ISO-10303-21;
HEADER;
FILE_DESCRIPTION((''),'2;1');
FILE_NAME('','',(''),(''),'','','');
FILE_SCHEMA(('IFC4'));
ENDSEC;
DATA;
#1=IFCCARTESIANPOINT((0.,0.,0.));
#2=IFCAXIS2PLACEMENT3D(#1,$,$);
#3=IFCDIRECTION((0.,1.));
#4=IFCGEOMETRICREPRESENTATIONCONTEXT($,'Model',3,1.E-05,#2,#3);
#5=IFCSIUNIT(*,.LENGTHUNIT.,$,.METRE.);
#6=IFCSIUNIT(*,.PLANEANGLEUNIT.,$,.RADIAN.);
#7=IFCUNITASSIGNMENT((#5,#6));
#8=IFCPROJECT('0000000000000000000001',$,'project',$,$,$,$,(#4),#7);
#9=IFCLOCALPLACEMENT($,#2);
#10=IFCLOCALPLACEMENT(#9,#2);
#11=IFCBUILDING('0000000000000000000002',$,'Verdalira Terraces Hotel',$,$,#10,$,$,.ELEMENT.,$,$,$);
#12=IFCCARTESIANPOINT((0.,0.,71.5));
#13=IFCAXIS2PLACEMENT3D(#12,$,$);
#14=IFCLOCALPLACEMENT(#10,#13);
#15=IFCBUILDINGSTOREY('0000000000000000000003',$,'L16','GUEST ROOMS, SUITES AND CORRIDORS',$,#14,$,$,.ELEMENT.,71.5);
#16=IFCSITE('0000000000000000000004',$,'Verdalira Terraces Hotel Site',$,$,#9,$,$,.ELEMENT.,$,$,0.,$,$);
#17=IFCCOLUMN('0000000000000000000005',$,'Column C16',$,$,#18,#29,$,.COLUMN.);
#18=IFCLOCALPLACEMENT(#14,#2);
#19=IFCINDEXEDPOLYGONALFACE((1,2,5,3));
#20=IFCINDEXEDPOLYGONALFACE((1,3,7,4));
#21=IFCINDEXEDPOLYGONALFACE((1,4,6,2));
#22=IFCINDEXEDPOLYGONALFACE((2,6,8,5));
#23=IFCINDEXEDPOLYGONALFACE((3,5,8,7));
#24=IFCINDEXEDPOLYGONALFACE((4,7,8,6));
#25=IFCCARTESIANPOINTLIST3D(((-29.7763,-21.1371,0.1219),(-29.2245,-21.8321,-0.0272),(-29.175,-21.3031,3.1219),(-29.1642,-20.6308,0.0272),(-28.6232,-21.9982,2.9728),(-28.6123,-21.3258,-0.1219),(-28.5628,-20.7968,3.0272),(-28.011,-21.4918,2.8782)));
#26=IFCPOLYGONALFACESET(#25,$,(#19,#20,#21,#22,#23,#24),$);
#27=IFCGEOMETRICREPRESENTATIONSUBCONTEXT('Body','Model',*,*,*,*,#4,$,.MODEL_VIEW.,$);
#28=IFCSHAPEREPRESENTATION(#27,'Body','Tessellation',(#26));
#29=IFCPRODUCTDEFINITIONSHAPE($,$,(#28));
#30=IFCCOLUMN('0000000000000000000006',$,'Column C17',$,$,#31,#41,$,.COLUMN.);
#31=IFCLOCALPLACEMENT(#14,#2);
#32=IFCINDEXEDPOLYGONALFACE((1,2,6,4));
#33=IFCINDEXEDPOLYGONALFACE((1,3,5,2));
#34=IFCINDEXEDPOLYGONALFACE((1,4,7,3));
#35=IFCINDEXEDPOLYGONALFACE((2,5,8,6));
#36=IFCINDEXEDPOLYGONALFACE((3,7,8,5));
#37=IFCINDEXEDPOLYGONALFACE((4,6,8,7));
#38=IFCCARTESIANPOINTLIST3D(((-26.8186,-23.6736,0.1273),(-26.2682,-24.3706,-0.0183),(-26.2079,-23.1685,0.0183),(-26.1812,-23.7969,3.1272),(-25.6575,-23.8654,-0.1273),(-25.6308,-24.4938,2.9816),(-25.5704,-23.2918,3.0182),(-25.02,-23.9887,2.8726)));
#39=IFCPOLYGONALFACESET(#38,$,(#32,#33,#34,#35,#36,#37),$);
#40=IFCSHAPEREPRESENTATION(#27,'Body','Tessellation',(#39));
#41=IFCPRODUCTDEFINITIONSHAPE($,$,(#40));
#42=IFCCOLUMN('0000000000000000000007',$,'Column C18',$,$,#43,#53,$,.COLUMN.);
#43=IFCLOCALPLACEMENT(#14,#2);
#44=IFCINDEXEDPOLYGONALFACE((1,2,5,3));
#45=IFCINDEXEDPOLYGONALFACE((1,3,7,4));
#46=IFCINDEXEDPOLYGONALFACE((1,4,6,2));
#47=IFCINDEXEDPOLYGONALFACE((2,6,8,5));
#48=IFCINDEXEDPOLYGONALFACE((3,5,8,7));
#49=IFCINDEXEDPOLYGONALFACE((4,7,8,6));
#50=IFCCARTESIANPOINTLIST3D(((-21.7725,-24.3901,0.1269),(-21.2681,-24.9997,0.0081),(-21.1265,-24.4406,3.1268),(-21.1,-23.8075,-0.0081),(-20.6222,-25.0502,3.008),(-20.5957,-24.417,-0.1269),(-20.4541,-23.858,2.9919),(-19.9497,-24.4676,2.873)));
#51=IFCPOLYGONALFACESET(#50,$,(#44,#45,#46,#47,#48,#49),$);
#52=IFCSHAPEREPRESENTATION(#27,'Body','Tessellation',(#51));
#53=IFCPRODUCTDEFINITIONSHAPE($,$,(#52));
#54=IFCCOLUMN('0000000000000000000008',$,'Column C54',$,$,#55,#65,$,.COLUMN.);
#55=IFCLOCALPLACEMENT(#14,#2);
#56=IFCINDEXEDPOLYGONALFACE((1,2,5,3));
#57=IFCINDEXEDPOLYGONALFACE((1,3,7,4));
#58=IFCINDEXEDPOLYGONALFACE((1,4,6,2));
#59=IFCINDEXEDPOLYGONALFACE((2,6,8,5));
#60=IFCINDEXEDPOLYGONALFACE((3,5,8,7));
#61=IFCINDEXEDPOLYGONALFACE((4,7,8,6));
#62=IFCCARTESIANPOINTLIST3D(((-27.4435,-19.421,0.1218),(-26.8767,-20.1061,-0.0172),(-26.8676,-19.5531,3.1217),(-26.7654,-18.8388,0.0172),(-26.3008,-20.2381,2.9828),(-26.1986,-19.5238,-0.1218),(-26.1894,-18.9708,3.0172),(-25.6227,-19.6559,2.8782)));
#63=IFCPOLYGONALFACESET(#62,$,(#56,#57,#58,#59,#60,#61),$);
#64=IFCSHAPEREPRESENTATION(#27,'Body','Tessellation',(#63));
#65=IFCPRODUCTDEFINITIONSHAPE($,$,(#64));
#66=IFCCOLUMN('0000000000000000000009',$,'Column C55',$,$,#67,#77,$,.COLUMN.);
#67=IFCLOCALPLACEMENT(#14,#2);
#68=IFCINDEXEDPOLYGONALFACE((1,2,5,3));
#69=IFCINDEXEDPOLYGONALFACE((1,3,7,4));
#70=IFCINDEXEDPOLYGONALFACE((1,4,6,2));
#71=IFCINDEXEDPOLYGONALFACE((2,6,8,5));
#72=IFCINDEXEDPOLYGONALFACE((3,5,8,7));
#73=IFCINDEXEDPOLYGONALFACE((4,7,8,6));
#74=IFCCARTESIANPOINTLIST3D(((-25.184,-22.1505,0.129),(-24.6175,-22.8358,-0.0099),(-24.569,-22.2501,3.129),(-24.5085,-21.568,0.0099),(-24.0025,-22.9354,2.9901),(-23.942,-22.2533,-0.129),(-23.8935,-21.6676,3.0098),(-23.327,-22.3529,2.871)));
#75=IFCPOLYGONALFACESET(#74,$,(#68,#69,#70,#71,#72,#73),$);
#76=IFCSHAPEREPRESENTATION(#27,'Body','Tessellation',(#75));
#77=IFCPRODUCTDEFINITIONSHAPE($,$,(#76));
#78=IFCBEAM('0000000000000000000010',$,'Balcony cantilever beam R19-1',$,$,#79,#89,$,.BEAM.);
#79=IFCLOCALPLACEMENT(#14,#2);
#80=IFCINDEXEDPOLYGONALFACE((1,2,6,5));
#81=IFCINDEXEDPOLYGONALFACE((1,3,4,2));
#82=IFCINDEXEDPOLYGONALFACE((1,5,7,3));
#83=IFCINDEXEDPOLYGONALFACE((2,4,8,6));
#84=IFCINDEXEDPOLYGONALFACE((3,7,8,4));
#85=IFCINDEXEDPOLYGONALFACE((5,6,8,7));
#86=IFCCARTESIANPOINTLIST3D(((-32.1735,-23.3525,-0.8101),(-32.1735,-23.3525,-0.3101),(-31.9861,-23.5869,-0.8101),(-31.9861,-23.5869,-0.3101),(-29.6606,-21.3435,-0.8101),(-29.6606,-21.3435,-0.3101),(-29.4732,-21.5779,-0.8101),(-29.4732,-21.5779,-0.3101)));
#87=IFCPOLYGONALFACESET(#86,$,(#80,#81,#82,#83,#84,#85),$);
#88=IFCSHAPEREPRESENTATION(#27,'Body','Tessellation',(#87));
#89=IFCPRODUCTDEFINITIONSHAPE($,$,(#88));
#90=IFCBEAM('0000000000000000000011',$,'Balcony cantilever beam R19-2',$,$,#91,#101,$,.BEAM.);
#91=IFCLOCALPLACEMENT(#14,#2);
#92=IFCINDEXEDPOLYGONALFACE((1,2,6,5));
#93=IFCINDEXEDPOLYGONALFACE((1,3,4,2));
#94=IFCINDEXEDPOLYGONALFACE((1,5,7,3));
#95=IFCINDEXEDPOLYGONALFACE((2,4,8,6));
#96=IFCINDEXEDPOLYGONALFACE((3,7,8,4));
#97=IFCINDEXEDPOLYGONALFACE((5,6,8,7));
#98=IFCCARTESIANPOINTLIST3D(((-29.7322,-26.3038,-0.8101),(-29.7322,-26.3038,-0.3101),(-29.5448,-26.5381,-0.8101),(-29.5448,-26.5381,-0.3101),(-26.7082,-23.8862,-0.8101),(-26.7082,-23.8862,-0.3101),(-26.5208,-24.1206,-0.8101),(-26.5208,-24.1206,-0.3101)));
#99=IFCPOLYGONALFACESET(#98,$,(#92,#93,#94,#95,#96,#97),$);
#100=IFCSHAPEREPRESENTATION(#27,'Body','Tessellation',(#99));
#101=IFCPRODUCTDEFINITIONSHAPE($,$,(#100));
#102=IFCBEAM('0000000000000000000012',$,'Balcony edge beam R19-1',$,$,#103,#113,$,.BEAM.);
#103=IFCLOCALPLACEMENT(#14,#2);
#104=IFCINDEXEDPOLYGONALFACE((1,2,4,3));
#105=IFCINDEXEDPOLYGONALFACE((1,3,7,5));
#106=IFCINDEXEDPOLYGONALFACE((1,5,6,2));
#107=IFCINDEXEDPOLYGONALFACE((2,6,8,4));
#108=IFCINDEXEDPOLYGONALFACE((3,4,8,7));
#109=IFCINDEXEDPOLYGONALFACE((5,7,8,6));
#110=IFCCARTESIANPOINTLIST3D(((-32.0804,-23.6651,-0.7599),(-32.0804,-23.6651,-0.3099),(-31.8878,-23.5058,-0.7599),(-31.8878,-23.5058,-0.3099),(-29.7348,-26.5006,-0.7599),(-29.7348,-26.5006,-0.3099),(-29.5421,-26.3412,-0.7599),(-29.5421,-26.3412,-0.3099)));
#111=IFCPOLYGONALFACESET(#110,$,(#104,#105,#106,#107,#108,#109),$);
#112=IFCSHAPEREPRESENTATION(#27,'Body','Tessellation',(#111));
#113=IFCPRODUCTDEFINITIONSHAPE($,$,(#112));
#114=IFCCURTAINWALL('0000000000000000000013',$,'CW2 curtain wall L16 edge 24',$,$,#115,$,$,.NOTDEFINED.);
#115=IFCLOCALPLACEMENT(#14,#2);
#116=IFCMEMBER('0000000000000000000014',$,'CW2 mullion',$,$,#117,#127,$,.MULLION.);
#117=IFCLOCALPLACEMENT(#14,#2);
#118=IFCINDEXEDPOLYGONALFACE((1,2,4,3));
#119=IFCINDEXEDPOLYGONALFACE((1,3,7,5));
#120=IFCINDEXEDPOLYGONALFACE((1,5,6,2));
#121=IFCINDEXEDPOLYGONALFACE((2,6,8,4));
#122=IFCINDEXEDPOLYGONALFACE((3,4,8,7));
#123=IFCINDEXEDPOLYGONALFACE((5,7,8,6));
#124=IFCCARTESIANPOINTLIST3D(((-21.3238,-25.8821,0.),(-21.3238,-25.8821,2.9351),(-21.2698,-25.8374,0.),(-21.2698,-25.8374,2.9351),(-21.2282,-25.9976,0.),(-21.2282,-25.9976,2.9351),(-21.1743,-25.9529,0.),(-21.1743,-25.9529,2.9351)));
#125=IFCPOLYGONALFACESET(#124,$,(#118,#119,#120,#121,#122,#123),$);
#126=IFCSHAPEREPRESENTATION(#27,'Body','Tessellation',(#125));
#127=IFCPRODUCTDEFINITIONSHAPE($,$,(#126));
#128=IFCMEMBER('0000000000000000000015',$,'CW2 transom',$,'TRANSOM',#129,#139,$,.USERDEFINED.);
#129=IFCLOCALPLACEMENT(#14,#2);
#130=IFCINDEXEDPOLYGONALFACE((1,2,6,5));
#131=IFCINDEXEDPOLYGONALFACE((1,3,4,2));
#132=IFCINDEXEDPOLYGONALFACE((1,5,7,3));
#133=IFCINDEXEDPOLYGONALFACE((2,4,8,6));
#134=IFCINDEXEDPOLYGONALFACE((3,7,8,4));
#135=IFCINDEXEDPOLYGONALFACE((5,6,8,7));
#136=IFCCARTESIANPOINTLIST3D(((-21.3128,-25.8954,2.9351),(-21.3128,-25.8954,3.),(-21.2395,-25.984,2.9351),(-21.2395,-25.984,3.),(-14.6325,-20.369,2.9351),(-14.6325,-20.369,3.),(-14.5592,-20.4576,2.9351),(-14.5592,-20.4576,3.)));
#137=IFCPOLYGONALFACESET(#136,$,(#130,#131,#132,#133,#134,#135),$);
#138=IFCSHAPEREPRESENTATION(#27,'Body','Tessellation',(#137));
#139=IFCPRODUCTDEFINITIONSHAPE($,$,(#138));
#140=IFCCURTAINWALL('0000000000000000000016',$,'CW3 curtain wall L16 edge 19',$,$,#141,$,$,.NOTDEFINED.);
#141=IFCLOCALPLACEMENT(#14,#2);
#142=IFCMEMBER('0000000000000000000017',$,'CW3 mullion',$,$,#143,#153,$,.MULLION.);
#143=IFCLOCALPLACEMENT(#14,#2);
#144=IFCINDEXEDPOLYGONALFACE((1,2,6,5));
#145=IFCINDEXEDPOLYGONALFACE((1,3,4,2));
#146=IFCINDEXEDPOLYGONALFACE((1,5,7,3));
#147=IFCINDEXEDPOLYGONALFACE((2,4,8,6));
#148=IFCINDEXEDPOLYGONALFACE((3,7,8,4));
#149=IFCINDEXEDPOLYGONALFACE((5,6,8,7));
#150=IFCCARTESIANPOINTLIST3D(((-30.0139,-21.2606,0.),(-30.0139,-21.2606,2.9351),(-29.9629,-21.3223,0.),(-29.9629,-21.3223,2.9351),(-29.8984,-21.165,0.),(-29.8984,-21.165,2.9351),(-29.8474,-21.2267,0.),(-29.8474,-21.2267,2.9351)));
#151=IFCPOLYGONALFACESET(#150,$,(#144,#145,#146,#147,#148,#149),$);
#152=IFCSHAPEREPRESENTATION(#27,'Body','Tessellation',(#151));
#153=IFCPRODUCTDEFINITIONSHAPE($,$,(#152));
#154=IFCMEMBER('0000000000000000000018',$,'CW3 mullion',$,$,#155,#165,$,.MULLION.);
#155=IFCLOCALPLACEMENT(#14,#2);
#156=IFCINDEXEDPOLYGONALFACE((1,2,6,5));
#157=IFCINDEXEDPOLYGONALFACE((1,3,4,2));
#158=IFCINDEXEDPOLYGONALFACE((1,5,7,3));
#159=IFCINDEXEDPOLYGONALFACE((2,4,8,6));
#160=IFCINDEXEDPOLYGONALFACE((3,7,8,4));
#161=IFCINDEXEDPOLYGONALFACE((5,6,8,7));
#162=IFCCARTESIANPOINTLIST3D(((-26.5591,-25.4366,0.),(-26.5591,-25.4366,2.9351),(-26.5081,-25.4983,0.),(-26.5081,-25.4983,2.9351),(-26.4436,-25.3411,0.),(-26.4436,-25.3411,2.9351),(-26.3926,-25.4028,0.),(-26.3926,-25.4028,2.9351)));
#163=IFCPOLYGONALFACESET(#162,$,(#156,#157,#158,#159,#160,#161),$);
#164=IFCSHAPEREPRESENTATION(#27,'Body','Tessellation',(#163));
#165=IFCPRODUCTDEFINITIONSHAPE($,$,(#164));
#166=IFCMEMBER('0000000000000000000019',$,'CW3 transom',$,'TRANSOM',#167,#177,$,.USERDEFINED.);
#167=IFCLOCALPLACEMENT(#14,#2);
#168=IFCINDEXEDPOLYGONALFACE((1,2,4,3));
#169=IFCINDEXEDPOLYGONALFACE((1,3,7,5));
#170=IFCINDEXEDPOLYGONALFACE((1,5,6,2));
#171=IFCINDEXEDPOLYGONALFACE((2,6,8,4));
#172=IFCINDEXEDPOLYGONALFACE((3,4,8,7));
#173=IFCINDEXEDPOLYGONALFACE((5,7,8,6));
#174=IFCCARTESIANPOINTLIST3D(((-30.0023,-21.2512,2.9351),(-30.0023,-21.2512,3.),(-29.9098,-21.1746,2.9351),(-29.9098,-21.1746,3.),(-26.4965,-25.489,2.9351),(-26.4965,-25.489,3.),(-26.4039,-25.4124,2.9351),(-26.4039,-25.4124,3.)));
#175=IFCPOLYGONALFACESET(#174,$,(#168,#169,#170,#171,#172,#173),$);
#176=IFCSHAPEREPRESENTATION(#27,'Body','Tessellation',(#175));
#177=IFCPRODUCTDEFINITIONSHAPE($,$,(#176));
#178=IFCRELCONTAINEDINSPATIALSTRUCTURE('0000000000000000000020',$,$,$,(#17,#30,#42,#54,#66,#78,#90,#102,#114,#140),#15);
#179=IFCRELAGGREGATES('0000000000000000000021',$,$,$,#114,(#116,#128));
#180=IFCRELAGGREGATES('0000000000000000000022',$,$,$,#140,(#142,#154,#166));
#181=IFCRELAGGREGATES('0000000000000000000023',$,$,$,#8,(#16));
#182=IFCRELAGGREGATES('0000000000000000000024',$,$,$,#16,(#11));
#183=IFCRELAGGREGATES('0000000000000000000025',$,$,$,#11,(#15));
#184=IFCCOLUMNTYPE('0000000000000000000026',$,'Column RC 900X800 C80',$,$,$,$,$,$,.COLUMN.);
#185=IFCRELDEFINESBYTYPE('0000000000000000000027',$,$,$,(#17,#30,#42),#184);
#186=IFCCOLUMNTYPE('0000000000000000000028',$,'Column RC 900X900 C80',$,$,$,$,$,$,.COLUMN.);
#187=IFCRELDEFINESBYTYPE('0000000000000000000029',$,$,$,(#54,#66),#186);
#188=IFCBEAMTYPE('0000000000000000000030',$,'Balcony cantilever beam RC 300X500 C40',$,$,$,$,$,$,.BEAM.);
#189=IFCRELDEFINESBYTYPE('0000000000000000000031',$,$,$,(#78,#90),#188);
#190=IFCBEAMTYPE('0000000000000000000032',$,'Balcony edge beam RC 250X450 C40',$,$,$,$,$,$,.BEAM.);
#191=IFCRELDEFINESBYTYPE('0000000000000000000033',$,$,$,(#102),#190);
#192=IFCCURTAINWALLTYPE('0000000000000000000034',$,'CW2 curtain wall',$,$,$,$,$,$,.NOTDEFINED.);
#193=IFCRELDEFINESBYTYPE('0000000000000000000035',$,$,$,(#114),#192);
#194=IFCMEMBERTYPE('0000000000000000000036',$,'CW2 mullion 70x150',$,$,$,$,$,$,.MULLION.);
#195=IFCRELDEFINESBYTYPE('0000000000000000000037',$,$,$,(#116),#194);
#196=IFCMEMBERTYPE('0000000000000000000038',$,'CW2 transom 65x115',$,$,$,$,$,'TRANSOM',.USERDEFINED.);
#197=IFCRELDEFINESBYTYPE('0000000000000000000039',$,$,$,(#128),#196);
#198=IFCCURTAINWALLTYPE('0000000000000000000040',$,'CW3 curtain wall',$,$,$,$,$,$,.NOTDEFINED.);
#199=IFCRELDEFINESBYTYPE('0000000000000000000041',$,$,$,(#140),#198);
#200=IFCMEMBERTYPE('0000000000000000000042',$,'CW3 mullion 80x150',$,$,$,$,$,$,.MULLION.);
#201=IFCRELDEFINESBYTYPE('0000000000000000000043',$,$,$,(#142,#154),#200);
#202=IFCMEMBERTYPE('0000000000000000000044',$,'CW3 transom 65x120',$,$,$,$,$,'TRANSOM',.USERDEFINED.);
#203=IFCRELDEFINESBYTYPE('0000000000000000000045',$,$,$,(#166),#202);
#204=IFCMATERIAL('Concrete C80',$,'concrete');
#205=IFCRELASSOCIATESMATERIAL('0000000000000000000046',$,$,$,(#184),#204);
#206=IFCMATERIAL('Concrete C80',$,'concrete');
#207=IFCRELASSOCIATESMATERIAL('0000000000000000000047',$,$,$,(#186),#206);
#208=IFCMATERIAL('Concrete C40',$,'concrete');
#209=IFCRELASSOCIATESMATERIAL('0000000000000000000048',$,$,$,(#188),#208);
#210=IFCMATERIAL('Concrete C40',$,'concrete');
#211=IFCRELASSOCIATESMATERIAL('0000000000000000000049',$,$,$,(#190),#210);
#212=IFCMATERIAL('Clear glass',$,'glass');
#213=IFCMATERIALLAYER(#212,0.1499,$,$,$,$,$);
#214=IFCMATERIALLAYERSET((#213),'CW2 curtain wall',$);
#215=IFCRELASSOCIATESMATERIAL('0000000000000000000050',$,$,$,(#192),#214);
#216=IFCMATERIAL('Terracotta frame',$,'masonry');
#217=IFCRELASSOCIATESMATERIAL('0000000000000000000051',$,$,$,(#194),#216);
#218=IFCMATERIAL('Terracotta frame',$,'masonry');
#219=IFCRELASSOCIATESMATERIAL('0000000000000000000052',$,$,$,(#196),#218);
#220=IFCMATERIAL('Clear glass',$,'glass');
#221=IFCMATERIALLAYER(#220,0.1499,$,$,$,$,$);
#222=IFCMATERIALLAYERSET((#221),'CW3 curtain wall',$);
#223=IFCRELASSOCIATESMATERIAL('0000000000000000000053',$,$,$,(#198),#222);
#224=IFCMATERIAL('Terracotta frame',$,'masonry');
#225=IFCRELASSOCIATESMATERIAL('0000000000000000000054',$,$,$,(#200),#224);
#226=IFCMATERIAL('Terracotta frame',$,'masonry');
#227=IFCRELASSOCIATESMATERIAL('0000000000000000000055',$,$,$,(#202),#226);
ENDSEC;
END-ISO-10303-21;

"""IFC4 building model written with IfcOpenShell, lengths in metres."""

from ifc_helpers import new_model, si_unit, direction, frame, origin, origin_2d, place, context, subcontext, project, spatial, rectangle, extrude, material, layer, layer_set, material_profile, profile_set, type_object, element, aggregate, save


model = new_model("IFC4")

# Units and contexts
model_context = context("Model", 3, precision=1e-05, world=origin(), true_north=direction((0.0, 1.0)))
body_context = subcontext(model_context, "Body", "Model", "MODEL_VIEW")
ifc_project = project(units=[si_unit("LENGTHUNIT", "METRE"), si_unit("PLANEANGLEUNIT", "RADIAN")], contexts=[model_context])

# Site, building, storey
site_placement = place(None, origin())
site = spatial("IfcSite", under=ifc_project, at=site_placement, Name="Verdalira Terraces Hotel Site", CompositionType="ELEMENT", RefElevation=0.0)
building_placement = place(site_placement, origin())
building = spatial("IfcBuilding", under=site, at=building_placement, Name="Verdalira Terraces Hotel", CompositionType="ELEMENT")
storey_placement = place(building_placement, frame((0.0, 0.0, 71.5)))
storey = spatial("IfcBuildingStorey", under=building, at=storey_placement, Name="L16", Description="GUEST ROOMS, SUITES AND CORRIDORS", CompositionType="ELEMENT", Elevation=71.5)

# Columns
ifc_material_1 = material(Name="Concrete C80", Category="concrete")
ifc_material_profile_1 = material_profile(ifc_material_1, rectangle(XDim=0.8999, YDim=0.8, at=origin_2d()), Name="RC 900X800")
ifc_profile_set_1 = profile_set([ifc_material_profile_1], Name="Concrete C80")
column_type_1 = type_object("IfcColumnType", Name="Column RC 900X800 C80", PredefinedType="COLUMN", material=ifc_profile_set_1)
column_1_placement = place(storey_placement, frame((-29.1943, -21.2314, 0.0), z_axis=(0.196242, -0.05418, 0.979058), x_axis=(0.613201, -0.772363, -0.165651)))
element("IfcColumn", 1, at=column_1_placement, inside=storey, type_object=column_type_1, Name="Column C16", PredefinedType="COLUMN", context=body_context, shape_type="SweptSolid", body=[
    extrude(rectangle(XDim=0.8999, YDim=0.8, at=origin_2d()), origin(), (0.0, 0.0, 1.0), 3.0642),
])
column_2_placement = place(storey_placement, frame((-26.238, -23.7695, 0.0), z_axis=(0.207676, -0.040167, 0.977373), x_axis=(0.611617, -0.774435, -0.161786)))
element("IfcColumn", 2, at=column_2_placement, inside=storey, type_object=column_type_1, Name="Column C17", PredefinedType="COLUMN", context=body_context, shape_type="SweptSolid", body=[
    extrude(rectangle(XDim=0.8999, YDim=0.8, at=origin_2d()), origin(), (0.0, 0.0, 1.0), 3.0693),
])
column_3_placement = place(storey_placement, frame((-21.1841, -24.4036, 0.0), z_axis=(0.210478, -0.016466, 0.97746), x_axis=(0.747219, 0.64743, -0.149994)))
element("IfcColumn", 3, at=column_3_placement, inside=storey, type_object=column_type_1, Name="Column C18", PredefinedType="COLUMN", context=body_context, shape_type="SweptSolid", body=[
    extrude(rectangle(XDim=0.8999, YDim=0.8, at=origin_2d()), origin(), (0.0, 0.0, 1.0), 3.0691),
])
ifc_material_2 = material(Name="Concrete C80", Category="concrete")
ifc_material_profile_2 = material_profile(ifc_material_2, rectangle(XDim=0.8999, YDim=0.8999, at=origin_2d()), Name="RC 900X900")
ifc_profile_set_2 = profile_set([ifc_material_profile_2], Name="Concrete C80")
column_type_2 = type_object("IfcColumnType", Name="Column RC 900X900 C80", PredefinedType="COLUMN", material=ifc_profile_set_2)
column_4_placement = place(storey_placement, frame((-26.821, -19.4724, 0.0), z_axis=(0.188357, -0.043197, 0.98115), x_axis=(-0.753554, -0.647039, 0.116177)))
element("IfcColumn", 4, at=column_4_placement, inside=storey, type_object=column_type_2, Name="Column C54", PredefinedType="COLUMN", context=body_context, shape_type="SweptSolid", body=[
    extrude(rectangle(XDim=0.8999, YDim=0.8999, at=origin_2d()), origin(), (0.0, 0.0, 1.0), 3.0576),
])
column_5_placement = place(storey_placement, frame((-24.563, -22.2019, 0.0), z_axis=(0.200714, -0.03251, 0.97911), x_axis=(-0.750631, -0.647324, 0.132384)))
element("IfcColumn", 5, at=column_5_placement, inside=storey, type_object=column_type_2, Name="Column C55", PredefinedType="COLUMN", context=body_context, shape_type="SweptSolid", body=[
    extrude(rectangle(XDim=0.8999, YDim=0.8999, at=origin_2d()), origin(), (0.0, 0.0, 1.0), 3.064),
])

# Beams
ifc_material_3 = material(Name="Concrete C40", Category="concrete")
ifc_material_profile_3 = material_profile(ifc_material_3, rectangle(XDim=0.3, YDim=0.5, at=origin_2d()), Name="RC 300X500")
ifc_profile_set_3 = profile_set([ifc_material_profile_3], Name="Concrete C40")
beam_type_1 = type_object("IfcBeamType", Name="Balcony cantilever beam RC 300X500 C40", PredefinedType="BEAM", material=ifc_profile_set_3)
beam_1_placement = place(storey_placement, frame((-29.5669, -21.4607, -0.5601), z_axis=(-0.781069, -0.624445, 0.0), x_axis=(0.624445, -0.781069, 0.0)))
element("IfcBeam", 6, at=beam_1_placement, inside=storey, type_object=beam_type_1, Name="Balcony cantilever beam R19-1", PredefinedType="BEAM", context=body_context, shape_type="SweptSolid", body=[
    extrude(rectangle(XDim=0.3, YDim=0.5, at=origin_2d()), origin(), (0.0, 0.0, 1.0), 3.2173),
])
beam_2_placement = place(storey_placement, frame((-26.6145, -24.0034, -0.5601), z_axis=(-0.781078, -0.624434, 0.0), x_axis=(0.624434, -0.781078, 0.0)))
element("IfcBeam", 7, at=beam_2_placement, inside=storey, type_object=beam_type_1, Name="Balcony cantilever beam R19-2", PredefinedType="BEAM", context=body_context, shape_type="SweptSolid", body=[
    extrude(rectangle(XDim=0.3, YDim=0.5, at=origin_2d()), origin(), (0.0, 0.0, 1.0), 3.8716),
])
ifc_material_4 = material(Name="Concrete C40", Category="concrete")
ifc_material_profile_4 = material_profile(ifc_material_4, rectangle(XDim=0.25, YDim=0.45, at=origin_2d()), Name="RC 250X450")
ifc_profile_set_4 = profile_set([ifc_material_profile_4], Name="Concrete C40")
beam_type_2 = type_object("IfcBeamType", Name="Balcony edge beam RC 250X450 C40", PredefinedType="BEAM", material=ifc_profile_set_4)
beam_3_placement = place(storey_placement, frame((-31.9841, -23.5854, -0.5349), z_axis=(0.637426, -0.770511, 0.0), x_axis=(0.770511, 0.637426, 0.0)))
element("IfcBeam", 8, at=beam_3_placement, inside=storey, type_object=beam_type_2, Name="Balcony edge beam R19-1", PredefinedType="BEAM", context=body_context, shape_type="SweptSolid", body=[
    extrude(rectangle(XDim=0.25, YDim=0.45, at=origin_2d()), origin(), (0.0, 0.0, 1.0), 3.6799),
])

# Curtain walls, members
ifc_material_5 = material(Name="Clear glass", Category="glass")
ifc_layer_1 = layer(ifc_material_5, 0.1499)
ifc_layer_set_1 = layer_set([ifc_layer_1], Name="CW2 curtain wall")
curtain_wall_type_1 = type_object("IfcCurtainWallType", Name="CW2 curtain wall", PredefinedType="NOTDEFINED", material=ifc_layer_set_1)
curtain_wall_1_placement = place(storey_placement, origin())
curtain_wall_1 = element("IfcCurtainWall", 9, at=curtain_wall_1_placement, inside=storey, type_object=curtain_wall_type_1, Name="CW2 curtain wall L16 edge 24", PredefinedType="NOTDEFINED")
ifc_material_6 = material(Name="Terracotta frame", Category="masonry")
ifc_material_profile_5 = material_profile(ifc_material_6, rectangle(XDim=0.0701, YDim=0.1499, at=origin_2d()), Name="MU 70x150")
ifc_profile_set_5 = profile_set([ifc_material_profile_5], Name="Terracotta frame")
member_type_1 = type_object("IfcMemberType", Name="CW2 mullion 70x150", PredefinedType="MULLION", material=ifc_profile_set_5)
member_1_placement = place(storey_placement, frame((-21.249, -25.9175, 0.0), z_axis=(0.0, 0.0, 1.0), x_axis=(0.770513, 0.637424, 0.0)))
member_1 = element("IfcMember", 10, at=member_1_placement, type_object=member_type_1, Name="CW2 mullion", PredefinedType="MULLION", context=body_context, shape_type="SweptSolid", body=[
    extrude(rectangle(XDim=0.0701, YDim=0.1499, at=origin_2d()), origin(), (0.0, 0.0, 1.0), 2.9351),
])
ifc_material_7 = material(Name="Terracotta frame", Category="masonry")
ifc_material_profile_6 = material_profile(ifc_material_7, rectangle(XDim=0.115, YDim=0.0649, at=origin_2d()), Name="TR 65x115")
ifc_profile_set_6 = profile_set([ifc_material_profile_6], Name="Terracotta frame")
member_type_2 = type_object("IfcMemberType", Name="CW2 transom 65x115", ElementType="TRANSOM", PredefinedType="USERDEFINED", material=ifc_profile_set_6)
member_2_placement = place(storey_placement, frame((-21.2761, -25.9397, 2.9675), z_axis=(0.770511, 0.637427, 0.0), x_axis=(-0.637427, 0.770511, 0.0)))
member_2 = element("IfcMember", 11, at=member_2_placement, type_object=member_type_2, Name="CW2 transom", ObjectType="TRANSOM", PredefinedType="USERDEFINED", context=body_context, shape_type="SweptSolid", body=[
    extrude(rectangle(XDim=0.115, YDim=0.0649, at=origin_2d()), origin(), (0.0, 0.0, 1.0), 8.6699),
])
aggregate(curtain_wall_1, [member_1, member_2])
ifc_material_8 = material(Name="Clear glass", Category="glass")
ifc_layer_2 = layer(ifc_material_8, 0.1499)
ifc_layer_set_2 = layer_set([ifc_layer_2], Name="CW3 curtain wall")
curtain_wall_type_2 = type_object("IfcCurtainWallType", Name="CW3 curtain wall", PredefinedType="NOTDEFINED", material=ifc_layer_set_2)
curtain_wall_2_placement = place(storey_placement, origin())
curtain_wall_2 = element("IfcCurtainWall", 12, at=curtain_wall_2_placement, inside=storey, type_object=curtain_wall_type_2, Name="CW3 curtain wall L16 edge 19", PredefinedType="NOTDEFINED")
ifc_material_9 = material(Name="Terracotta frame", Category="masonry")
ifc_material_profile_7 = material_profile(ifc_material_9, rectangle(XDim=0.0801, YDim=0.1499, at=origin_2d()), Name="MU 80x150")
ifc_profile_set_7 = profile_set([ifc_material_profile_7], Name="Terracotta frame")
member_type_3 = type_object("IfcMemberType", Name="CW3 mullion 80x150", PredefinedType="MULLION", material=ifc_profile_set_7)
member_3_placement = place(storey_placement, frame((-29.9307, -21.2437, 0.0), z_axis=(0.0, 0.0, 1.0), x_axis=(0.637424, -0.770513, 0.0)))
member_3 = element("IfcMember", 13, at=member_3_placement, type_object=member_type_3, Name="CW3 mullion", PredefinedType="MULLION", context=body_context, shape_type="SweptSolid", body=[
    extrude(rectangle(XDim=0.0801, YDim=0.1499, at=origin_2d()), origin(), (0.0, 0.0, 1.0), 2.9351),
])
member_4_placement = place(storey_placement, frame((-26.4758, -25.4197, 0.0), z_axis=(0.0, 0.0, 1.0), x_axis=(0.637424, -0.770513, 0.0)))
member_4 = element("IfcMember", 14, at=member_4_placement, type_object=member_type_3, Name="CW3 mullion", PredefinedType="MULLION", context=body_context, shape_type="SweptSolid", body=[
    extrude(rectangle(XDim=0.0801, YDim=0.1499, at=origin_2d()), origin(), (0.0, 0.0, 1.0), 2.9351),
])
ifc_material_10 = material(Name="Terracotta frame", Category="masonry")
ifc_material_profile_8 = material_profile(ifc_material_10, rectangle(XDim=0.1201, YDim=0.0649, at=origin_2d()), Name="TR 65x120")
ifc_profile_set_8 = profile_set([ifc_material_profile_8], Name="Terracotta frame")
member_type_4 = type_object("IfcMemberType", Name="CW3 transom 65x120", ElementType="TRANSOM", PredefinedType="USERDEFINED", material=ifc_profile_set_8)
member_5_placement = place(storey_placement, frame((-29.9561, -21.2129, 2.9675), z_axis=(0.63743, -0.770509, 0.0), x_axis=(0.770509, 0.63743, 0.0)))
member_5 = element("IfcMember", 15, at=member_5_placement, type_object=member_type_4, Name="CW3 transom", ObjectType="TRANSOM", PredefinedType="USERDEFINED", context=body_context, shape_type="SweptSolid", body=[
    extrude(rectangle(XDim=0.1201, YDim=0.0649, at=origin_2d()), origin(), (0.0, 0.0, 1.0), 5.5),
])

aggregate(curtain_wall_2, [member_3, member_4, member_5])

save(model, "model.ifc")
